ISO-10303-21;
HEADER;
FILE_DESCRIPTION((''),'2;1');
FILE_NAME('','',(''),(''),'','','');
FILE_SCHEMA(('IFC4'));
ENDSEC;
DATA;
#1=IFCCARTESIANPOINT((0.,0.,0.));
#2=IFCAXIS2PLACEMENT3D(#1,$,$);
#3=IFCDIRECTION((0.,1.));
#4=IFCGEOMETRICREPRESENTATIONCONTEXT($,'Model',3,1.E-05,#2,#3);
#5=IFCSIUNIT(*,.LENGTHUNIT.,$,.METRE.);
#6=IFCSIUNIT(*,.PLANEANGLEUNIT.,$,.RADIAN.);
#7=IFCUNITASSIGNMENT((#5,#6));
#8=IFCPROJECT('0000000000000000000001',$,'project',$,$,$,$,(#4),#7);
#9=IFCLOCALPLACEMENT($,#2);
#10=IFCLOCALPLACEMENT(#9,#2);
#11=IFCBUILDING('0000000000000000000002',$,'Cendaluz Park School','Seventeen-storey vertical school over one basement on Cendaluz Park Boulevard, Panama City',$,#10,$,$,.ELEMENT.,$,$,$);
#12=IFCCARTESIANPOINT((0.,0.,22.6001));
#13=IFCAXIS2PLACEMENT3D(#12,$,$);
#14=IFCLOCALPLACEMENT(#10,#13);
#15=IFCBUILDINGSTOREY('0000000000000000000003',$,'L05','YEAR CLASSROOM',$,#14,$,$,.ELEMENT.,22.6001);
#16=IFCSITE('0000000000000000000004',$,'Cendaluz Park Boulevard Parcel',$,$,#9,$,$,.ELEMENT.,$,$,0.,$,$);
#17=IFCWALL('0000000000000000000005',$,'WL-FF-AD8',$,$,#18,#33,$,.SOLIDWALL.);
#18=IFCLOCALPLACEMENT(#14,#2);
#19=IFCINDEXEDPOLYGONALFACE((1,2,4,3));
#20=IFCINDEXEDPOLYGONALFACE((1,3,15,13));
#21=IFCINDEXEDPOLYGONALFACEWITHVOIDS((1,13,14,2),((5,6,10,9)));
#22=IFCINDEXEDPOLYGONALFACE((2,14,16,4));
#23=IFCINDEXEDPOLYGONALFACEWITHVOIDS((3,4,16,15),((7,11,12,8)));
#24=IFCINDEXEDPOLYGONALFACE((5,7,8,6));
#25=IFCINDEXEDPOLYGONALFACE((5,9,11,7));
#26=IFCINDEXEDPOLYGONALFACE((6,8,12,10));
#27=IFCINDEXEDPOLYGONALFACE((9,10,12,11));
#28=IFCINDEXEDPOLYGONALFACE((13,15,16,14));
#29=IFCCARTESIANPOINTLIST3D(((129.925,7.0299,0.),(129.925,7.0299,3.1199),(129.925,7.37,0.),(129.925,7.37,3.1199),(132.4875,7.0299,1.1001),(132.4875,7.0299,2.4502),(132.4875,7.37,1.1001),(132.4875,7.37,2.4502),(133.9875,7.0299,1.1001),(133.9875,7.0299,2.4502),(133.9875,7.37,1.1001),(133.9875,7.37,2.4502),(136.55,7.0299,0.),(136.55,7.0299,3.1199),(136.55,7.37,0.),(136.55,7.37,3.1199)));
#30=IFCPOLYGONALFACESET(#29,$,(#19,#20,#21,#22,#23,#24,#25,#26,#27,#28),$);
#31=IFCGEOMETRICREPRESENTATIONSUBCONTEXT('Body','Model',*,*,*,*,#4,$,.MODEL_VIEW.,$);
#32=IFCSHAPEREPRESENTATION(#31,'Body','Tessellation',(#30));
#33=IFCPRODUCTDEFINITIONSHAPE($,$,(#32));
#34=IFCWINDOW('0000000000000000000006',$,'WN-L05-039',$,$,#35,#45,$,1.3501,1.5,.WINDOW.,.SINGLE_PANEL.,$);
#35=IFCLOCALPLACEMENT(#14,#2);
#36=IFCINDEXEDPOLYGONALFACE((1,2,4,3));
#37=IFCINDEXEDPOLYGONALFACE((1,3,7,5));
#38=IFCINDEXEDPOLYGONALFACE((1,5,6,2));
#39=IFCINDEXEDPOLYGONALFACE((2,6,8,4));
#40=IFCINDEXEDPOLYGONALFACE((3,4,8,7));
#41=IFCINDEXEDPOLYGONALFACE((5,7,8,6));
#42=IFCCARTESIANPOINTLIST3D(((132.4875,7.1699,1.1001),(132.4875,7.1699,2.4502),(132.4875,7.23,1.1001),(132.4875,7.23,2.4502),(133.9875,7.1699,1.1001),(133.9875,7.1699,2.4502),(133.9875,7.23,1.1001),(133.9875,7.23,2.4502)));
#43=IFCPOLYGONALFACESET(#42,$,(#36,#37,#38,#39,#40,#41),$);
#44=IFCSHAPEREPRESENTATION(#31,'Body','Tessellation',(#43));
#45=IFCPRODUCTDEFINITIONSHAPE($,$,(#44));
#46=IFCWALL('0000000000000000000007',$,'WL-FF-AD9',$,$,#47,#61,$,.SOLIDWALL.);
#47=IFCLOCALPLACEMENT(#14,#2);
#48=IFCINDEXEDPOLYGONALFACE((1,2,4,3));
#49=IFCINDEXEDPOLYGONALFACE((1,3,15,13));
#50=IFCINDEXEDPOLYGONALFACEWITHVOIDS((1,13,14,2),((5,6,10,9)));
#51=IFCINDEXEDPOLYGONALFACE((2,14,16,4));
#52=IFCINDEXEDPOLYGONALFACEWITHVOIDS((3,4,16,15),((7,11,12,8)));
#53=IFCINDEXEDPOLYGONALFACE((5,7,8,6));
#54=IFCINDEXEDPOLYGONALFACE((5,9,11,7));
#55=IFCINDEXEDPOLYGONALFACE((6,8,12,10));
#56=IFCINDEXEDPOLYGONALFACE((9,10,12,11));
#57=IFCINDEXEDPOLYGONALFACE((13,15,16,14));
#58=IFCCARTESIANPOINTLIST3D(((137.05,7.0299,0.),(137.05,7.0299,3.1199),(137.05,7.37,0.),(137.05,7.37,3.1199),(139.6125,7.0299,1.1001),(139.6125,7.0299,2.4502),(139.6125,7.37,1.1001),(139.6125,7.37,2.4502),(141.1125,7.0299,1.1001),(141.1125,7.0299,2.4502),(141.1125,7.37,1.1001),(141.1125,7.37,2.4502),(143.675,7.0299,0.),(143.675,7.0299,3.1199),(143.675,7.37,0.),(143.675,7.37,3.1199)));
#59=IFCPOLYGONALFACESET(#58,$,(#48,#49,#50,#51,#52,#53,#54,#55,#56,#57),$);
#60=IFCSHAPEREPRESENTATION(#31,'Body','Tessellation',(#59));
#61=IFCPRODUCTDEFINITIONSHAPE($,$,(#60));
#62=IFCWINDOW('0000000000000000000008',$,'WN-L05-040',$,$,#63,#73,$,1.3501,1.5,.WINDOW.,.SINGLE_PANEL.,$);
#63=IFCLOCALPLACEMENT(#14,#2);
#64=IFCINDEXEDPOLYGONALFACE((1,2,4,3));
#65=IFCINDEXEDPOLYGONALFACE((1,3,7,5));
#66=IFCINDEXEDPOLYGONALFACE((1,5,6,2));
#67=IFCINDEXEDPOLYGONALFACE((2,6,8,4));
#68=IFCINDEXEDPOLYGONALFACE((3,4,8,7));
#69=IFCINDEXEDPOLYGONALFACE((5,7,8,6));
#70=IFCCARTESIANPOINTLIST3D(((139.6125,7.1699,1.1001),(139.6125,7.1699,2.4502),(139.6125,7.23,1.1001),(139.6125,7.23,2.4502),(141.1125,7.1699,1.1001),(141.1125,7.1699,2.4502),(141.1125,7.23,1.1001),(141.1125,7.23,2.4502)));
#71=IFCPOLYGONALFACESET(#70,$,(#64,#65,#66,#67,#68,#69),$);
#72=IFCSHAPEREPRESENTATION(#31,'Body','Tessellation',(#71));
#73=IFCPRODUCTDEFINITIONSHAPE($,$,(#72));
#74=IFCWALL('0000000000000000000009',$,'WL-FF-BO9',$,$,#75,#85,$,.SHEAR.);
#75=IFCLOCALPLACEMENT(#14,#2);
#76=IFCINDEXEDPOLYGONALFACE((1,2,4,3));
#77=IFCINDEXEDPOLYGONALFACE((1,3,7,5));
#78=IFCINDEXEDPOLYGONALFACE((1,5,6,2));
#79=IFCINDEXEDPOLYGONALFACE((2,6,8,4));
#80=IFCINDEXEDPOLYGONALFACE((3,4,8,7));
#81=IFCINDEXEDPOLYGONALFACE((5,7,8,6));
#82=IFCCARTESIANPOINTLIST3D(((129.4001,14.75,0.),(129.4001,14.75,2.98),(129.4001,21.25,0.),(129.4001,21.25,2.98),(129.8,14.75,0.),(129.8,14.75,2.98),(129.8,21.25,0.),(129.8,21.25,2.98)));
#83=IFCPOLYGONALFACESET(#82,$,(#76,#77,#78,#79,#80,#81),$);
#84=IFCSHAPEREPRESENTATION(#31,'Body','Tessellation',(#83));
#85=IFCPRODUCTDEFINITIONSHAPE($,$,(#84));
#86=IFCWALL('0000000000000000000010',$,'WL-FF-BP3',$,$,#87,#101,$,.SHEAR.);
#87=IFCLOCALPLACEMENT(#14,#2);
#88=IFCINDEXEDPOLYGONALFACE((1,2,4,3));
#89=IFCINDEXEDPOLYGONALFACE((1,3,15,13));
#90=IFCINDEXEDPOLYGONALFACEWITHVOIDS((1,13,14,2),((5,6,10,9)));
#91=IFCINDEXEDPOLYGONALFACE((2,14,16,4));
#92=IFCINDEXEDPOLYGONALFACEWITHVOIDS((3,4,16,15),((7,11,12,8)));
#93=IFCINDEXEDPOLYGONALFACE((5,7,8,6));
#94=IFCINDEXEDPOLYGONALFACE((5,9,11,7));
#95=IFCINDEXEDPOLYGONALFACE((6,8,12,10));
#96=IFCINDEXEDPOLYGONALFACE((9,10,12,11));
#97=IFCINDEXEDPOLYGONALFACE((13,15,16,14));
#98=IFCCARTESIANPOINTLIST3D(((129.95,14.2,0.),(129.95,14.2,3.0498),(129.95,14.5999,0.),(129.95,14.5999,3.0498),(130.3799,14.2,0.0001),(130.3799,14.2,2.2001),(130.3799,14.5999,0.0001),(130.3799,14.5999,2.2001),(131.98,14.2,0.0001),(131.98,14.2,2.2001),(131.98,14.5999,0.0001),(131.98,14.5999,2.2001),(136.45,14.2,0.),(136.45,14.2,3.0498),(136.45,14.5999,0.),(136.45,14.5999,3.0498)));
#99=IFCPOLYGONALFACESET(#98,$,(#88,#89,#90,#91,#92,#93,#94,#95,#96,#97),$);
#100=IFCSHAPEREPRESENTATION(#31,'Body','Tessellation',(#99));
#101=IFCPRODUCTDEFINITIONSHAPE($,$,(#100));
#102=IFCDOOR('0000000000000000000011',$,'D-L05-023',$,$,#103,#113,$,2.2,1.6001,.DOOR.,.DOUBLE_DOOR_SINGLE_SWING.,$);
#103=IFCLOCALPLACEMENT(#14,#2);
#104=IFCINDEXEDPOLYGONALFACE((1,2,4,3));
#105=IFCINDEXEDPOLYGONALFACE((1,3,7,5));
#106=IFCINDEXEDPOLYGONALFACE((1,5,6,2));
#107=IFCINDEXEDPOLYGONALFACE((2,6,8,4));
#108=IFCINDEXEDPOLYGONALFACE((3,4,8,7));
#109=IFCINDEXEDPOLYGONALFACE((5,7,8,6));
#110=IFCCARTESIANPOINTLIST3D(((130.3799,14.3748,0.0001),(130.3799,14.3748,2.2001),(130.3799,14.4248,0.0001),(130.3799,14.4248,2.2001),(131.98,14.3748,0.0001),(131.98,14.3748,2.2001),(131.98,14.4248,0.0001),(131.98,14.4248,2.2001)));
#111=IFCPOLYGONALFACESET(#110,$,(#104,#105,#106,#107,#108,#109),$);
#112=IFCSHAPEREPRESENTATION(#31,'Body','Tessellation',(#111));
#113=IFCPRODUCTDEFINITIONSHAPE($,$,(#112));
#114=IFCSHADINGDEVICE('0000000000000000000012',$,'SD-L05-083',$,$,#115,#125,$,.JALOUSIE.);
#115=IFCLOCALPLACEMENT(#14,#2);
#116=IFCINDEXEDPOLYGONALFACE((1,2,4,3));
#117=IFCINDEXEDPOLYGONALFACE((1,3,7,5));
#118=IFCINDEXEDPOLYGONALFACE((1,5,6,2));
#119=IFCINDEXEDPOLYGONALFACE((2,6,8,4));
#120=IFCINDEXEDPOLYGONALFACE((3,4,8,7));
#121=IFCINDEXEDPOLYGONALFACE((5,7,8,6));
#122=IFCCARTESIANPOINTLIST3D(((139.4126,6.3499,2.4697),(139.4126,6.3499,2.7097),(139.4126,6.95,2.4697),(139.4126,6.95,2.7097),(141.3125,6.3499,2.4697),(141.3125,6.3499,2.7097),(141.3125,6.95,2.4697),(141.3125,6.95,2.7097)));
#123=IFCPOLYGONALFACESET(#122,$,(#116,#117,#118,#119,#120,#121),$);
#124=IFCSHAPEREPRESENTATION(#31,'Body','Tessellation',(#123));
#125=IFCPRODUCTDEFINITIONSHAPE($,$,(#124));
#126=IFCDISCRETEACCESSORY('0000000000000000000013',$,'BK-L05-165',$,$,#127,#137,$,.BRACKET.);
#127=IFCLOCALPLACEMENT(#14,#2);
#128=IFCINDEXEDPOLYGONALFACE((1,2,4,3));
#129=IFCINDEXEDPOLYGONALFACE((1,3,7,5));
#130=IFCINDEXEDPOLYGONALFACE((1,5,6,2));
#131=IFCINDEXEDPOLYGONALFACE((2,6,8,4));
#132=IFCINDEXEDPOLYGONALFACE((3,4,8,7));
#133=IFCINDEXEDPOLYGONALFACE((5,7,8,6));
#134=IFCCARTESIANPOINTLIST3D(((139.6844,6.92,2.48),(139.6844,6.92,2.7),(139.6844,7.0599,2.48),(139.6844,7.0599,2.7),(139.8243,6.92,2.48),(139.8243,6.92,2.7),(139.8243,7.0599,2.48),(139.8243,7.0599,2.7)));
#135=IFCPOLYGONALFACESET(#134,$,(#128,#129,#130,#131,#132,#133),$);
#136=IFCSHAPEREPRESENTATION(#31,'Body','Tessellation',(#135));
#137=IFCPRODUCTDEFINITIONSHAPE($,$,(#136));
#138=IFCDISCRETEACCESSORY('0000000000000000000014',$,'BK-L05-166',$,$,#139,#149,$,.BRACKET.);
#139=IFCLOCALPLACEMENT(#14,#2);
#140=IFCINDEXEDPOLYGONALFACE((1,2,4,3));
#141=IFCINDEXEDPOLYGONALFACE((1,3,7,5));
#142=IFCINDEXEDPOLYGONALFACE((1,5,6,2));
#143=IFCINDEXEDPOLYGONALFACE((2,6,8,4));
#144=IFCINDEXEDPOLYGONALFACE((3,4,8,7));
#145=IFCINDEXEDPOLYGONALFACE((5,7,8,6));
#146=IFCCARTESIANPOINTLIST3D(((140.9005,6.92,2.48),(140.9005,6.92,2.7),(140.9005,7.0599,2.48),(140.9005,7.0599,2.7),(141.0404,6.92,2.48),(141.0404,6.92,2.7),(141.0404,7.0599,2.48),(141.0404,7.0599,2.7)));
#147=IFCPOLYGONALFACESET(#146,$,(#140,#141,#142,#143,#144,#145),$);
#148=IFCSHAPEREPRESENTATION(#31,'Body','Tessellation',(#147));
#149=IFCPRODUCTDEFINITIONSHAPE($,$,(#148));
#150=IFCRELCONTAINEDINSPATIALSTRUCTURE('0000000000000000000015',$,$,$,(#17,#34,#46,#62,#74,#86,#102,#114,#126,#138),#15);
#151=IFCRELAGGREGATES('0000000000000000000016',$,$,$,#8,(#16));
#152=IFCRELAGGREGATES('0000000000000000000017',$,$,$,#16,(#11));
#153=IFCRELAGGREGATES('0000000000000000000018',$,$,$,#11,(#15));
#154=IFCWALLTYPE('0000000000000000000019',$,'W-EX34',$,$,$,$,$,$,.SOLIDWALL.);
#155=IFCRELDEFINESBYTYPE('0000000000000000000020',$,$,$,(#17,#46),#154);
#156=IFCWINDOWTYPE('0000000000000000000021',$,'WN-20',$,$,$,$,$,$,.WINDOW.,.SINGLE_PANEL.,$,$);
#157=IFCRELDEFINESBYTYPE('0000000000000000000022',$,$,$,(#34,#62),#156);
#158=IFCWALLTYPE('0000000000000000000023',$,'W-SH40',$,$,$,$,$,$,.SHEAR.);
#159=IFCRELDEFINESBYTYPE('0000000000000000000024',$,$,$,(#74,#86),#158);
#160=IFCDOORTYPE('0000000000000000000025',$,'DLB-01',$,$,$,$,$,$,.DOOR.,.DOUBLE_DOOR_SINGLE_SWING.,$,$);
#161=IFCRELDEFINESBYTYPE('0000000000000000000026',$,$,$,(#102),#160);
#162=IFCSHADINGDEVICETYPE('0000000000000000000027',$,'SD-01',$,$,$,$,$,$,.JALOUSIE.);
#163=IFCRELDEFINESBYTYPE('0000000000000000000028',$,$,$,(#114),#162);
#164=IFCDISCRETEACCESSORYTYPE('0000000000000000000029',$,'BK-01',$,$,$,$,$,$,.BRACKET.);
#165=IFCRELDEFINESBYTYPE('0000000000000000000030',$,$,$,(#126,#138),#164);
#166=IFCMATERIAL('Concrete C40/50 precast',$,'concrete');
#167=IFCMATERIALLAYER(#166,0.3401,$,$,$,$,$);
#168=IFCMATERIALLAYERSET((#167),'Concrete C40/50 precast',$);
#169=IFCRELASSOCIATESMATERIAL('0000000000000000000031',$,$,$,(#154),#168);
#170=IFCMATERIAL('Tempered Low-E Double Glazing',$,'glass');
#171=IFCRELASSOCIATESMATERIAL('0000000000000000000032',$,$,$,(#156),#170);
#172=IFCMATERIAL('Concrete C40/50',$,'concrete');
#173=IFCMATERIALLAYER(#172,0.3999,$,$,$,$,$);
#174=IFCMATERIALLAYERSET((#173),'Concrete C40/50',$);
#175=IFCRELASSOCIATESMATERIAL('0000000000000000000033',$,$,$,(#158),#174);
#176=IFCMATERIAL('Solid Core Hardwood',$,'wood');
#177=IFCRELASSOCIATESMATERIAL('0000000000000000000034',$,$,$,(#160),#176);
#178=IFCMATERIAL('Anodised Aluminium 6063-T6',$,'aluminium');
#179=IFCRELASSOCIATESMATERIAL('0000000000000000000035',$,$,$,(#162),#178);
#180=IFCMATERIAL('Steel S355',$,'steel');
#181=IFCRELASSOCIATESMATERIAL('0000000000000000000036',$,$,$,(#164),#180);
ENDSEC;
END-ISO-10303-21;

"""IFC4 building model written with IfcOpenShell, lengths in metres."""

from ifc_helpers import new_model, si_unit, direction, frame, frame_2d, origin, origin_2d, place, context, subcontext, project, spatial, rectangle, extrude, material, layer, layer_set, type_object, element, fill, save


model = new_model("IFC4")

# Units and contexts
model_context = context("Model", 3, precision=1e-05, world=origin(), true_north=direction((0.0, 1.0)))
body_context = subcontext(model_context, "Body", "Model", "MODEL_VIEW")
ifc_project = project(units=[si_unit("LENGTHUNIT", "METRE"), si_unit("PLANEANGLEUNIT", "RADIAN")], contexts=[model_context])

# Site, building, storey
site_placement = place(None, origin())
site = spatial("IfcSite", under=ifc_project, at=site_placement, Name="Cendaluz Park Boulevard Parcel", CompositionType="ELEMENT", RefElevation=0.0)
building_placement = place(site_placement, origin())
building = spatial("IfcBuilding", under=site, at=building_placement, Name="Cendaluz Park School", Description="Seventeen-storey vertical school over one basement on Cendaluz Park Boulevard, Panama City", CompositionType="ELEMENT")
storey_placement = place(building_placement, frame((0.0, 0.0, 22.6001)))
storey = spatial("IfcBuildingStorey", under=building, at=storey_placement, Name="L05", Description="YEAR CLASSROOM", CompositionType="ELEMENT", Elevation=22.6001)

# Shared definitions
ifc_material_1 = material(Name="Concrete C40/50", Category="concrete")

# Shared definitions
ifc_material_2 = material(Name="Solid Core Hardwood", Category="wood")

# Walls, openings, windows
ifc_material_3 = material(Name="Concrete C40/50 precast", Category="concrete")
ifc_layer_1 = layer(ifc_material_3, 0.3401)
ifc_layer_set_1 = layer_set([ifc_layer_1], Name="Concrete C40/50 precast")
wall_type_1 = type_object("IfcWallType", Name="W-EX34", PredefinedType="SOLIDWALL", material=ifc_layer_set_1)
wall_1_placement = place(storey_placement, frame((129.925, 7.2, 0.0), z_axis=(0.0, 0.0, 1.0), x_axis=(1.0, 0.0, 0.0)))
wall_1 = element("IfcWall", 1, at=wall_1_placement, inside=storey, type_object=wall_type_1, Name="WL-FF-AD8", PredefinedType="SOLIDWALL", context=body_context, shape_type="SweptSolid", body=[
    extrude(rectangle(XDim=6.625, YDim=0.3401, at=frame_2d((3.3125, 0.0))), origin(), (0.0, 0.0, 1.0), 3.1199),
])
opening_1_placement = place(wall_1_placement, frame((2.5625, 0.0, 1.1001)))
opening_1 = element("IfcOpeningElement", 2, at=opening_1_placement, cuts=wall_1, PredefinedType="OPENING", context=body_context, shape_type="SweptSolid", body=[
    extrude(rectangle(XDim=1.5, YDim=1.3501, at=frame_2d((0.75, 0.675))), frame((0.0, 0.1821, 0.0), z_axis=(0.0, -1.0, 0.0), x_axis=(1.0, 0.0, 0.0)), (0.0, 0.0, 1.0), 0.364),
])
ifc_material_4 = material(Name="Tempered Low-E Double Glazing", Category="glass")
window_type = type_object("IfcWindowType", Name="WN-20", PartitioningType="SINGLE_PANEL", PredefinedType="WINDOW", material=ifc_material_4)
window_1_placement = place(opening_1_placement, origin())
window_1 = element("IfcWindow", 3, at=window_1_placement, inside=storey, type_object=window_type, Name="WN-L05-039", OverallHeight=1.3501, OverallWidth=1.5, PartitioningType="SINGLE_PANEL", PredefinedType="WINDOW", context=body_context, shape_type="SweptSolid", body=[
    extrude(rectangle(XDim=1.5, YDim=1.3501, at=frame_2d((0.75, 0.675))), frame((0.0, 0.03, 0.0), z_axis=(0.0, -1.0, 0.0), x_axis=(1.0, 0.0, 0.0)), (0.0, 0.0, 1.0), 0.0601),
])
fill(opening_1, window_1)
wall_2_placement = place(storey_placement, frame((137.05, 7.2, 0.0), z_axis=(0.0, 0.0, 1.0), x_axis=(1.0, 0.0, 0.0)))
wall_2 = element("IfcWall", 4, at=wall_2_placement, inside=storey, type_object=wall_type_1, Name="WL-FF-AD9", PredefinedType="SOLIDWALL", context=body_context, shape_type="SweptSolid", body=[
    extrude(rectangle(XDim=6.625, YDim=0.3401, at=frame_2d((3.3125, 0.0))), origin(), (0.0, 0.0, 1.0), 3.1199),
])
opening_2_placement = place(wall_2_placement, frame((2.5625, 0.0, 1.1001)))
opening_2 = element("IfcOpeningElement", 5, at=opening_2_placement, cuts=wall_2, PredefinedType="OPENING", context=body_context, shape_type="SweptSolid", body=[
    extrude(rectangle(XDim=1.5, YDim=1.3501, at=frame_2d((0.75, 0.675))), frame((0.0, 0.1821, 0.0), z_axis=(0.0, -1.0, 0.0), x_axis=(1.0, 0.0, 0.0)), (0.0, 0.0, 1.0), 0.364),
])
window_2_placement = place(opening_2_placement, origin())
window_2 = element("IfcWindow", 6, at=window_2_placement, inside=storey, type_object=window_type, Name="WN-L05-040", OverallHeight=1.3501, OverallWidth=1.5, PartitioningType="SINGLE_PANEL", PredefinedType="WINDOW", context=body_context, shape_type="SweptSolid", body=[
    extrude(rectangle(XDim=1.5, YDim=1.3501, at=frame_2d((0.75, 0.675))), frame((0.0, 0.03, 0.0), z_axis=(0.0, -1.0, 0.0), x_axis=(1.0, 0.0, 0.0)), (0.0, 0.0, 1.0), 0.0601),
])
fill(opening_2, window_2)

# Wall
ifc_layer_2 = layer(ifc_material_1, 0.3999)
ifc_layer_set_2 = layer_set([ifc_layer_2], Name="Concrete C40/50")
wall_type_2 = type_object("IfcWallType", Name="W-SH40", PredefinedType="SHEAR", material=ifc_layer_set_2)
wall_3_placement = place(storey_placement, frame((129.6001, 14.75, 0.0), z_axis=(0.0, 0.0, 1.0), x_axis=(0.0, 1.0, 0.0)))
element("IfcWall", 7, at=wall_3_placement, inside=storey, type_object=wall_type_2, Name="WL-FF-BO9", PredefinedType="SHEAR", context=body_context, shape_type="SweptSolid", body=[
    extrude(rectangle(XDim=6.5, YDim=0.3999, at=frame_2d((3.25, 0.0))), origin(), (0.0, 0.0, 1.0), 2.98),
])

# Wall, opening, door
wall_4_placement = place(storey_placement, frame((129.95, 14.3999, 0.0), z_axis=(0.0, 0.0, 1.0), x_axis=(1.0, 0.0, 0.0)))
wall_4 = element("IfcWall", 8, at=wall_4_placement, inside=storey, type_object=wall_type_2, Name="WL-FF-BP3", PredefinedType="SHEAR", context=body_context, shape_type="SweptSolid", body=[
    extrude(rectangle(XDim=6.5, YDim=0.3999, at=frame_2d((3.25, 0.0))), origin(), (0.0, 0.0, 1.0), 3.0498),
])
opening_3_placement = place(wall_4_placement, frame((0.4299, 0.0, 0.0)))
opening_3 = element("IfcOpeningElement", 9, at=opening_3_placement, cuts=wall_4, PredefinedType="OPENING", context=body_context, shape_type="SweptSolid", body=[
    extrude(rectangle(XDim=1.6001, YDim=2.2, at=frame_2d((0.8, 1.1001))), frame((0.0, 0.2119, 0.0), z_axis=(0.0, -1.0, 0.0), x_axis=(1.0, 0.0, 0.0)), (0.0, 0.0, 1.0), 0.4238),
])
door_type_1 = type_object("IfcDoorType", Name="DLB-01", OperationType="DOUBLE_DOOR_SINGLE_SWING", PredefinedType="DOOR", material=ifc_material_2)
door_1_placement = place(opening_3_placement, origin())
door_1 = element("IfcDoor", 10, at=door_1_placement, inside=storey, type_object=door_type_1, Name="D-L05-023", OperationType="DOUBLE_DOOR_SINGLE_SWING", OverallHeight=2.2, OverallWidth=1.6001, PredefinedType="DOOR", context=body_context, shape_type="SweptSolid", body=[
    extrude(rectangle(XDim=1.6001, YDim=2.2, at=frame_2d((0.8, 1.1001))), frame((0.0, 0.0249, 0.0), z_axis=(0.0, -1.0, 0.0), x_axis=(1.0, 0.0, 0.0)), (0.0, 0.0, 1.0), 0.05),
])
fill(opening_3, door_1)

# Shading device
ifc_material_5 = material(Name="Anodised Aluminium 6063-T6", Category="aluminium")
shading_device_type = type_object("IfcShadingDeviceType", Name="SD-01", PredefinedType="JALOUSIE", material=ifc_material_5)
shading_device_placement = place(storey_placement, frame((140.3625, 6.6499, 2.4697), z_axis=(0.0, 0.0, 1.0), x_axis=(1.0, 0.0, 0.0)))
element("IfcShadingDevice", 11, at=shading_device_placement, inside=storey, type_object=shading_device_type, Name="SD-L05-083", PredefinedType="JALOUSIE", context=body_context, shape_type="SweptSolid", body=[
    extrude(rectangle(XDim=1.8999, YDim=0.6001, at=origin_2d()), origin(), (0.0, 0.0, 1.0), 0.24),
])

# Discrete accessories
ifc_material_6 = material(Name="Steel S355", Category="steel")
discrete_accessory_type = type_object("IfcDiscreteAccessoryType", Name="BK-01", PredefinedType="BRACKET", material=ifc_material_6)
for number, where, z_axis, x_axis, name in (
    (12, (139.7544, 6.99, 2.48), (0.0, 0.0, 1.0), (1.0, 0.0, 0.0), "BK-L05-165"),
    (13, (140.9705, 6.99, 2.48), (0.0, 0.0, 1.0), (1.0, 0.0, 0.0), "BK-L05-166"),
):
    element("IfcDiscreteAccessory", number, at=place(storey_placement, frame(where, z_axis=z_axis, x_axis=x_axis)), inside=storey, type_object=discrete_accessory_type, Name=name, PredefinedType="BRACKET", context=body_context, shape_type="SweptSolid", body=[
        extrude(rectangle(XDim=0.1399, YDim=0.1399, at=origin_2d()), origin(), (0.0, 0.0, 1.0), 0.22),
    ])

save(model, "model.ifc")
